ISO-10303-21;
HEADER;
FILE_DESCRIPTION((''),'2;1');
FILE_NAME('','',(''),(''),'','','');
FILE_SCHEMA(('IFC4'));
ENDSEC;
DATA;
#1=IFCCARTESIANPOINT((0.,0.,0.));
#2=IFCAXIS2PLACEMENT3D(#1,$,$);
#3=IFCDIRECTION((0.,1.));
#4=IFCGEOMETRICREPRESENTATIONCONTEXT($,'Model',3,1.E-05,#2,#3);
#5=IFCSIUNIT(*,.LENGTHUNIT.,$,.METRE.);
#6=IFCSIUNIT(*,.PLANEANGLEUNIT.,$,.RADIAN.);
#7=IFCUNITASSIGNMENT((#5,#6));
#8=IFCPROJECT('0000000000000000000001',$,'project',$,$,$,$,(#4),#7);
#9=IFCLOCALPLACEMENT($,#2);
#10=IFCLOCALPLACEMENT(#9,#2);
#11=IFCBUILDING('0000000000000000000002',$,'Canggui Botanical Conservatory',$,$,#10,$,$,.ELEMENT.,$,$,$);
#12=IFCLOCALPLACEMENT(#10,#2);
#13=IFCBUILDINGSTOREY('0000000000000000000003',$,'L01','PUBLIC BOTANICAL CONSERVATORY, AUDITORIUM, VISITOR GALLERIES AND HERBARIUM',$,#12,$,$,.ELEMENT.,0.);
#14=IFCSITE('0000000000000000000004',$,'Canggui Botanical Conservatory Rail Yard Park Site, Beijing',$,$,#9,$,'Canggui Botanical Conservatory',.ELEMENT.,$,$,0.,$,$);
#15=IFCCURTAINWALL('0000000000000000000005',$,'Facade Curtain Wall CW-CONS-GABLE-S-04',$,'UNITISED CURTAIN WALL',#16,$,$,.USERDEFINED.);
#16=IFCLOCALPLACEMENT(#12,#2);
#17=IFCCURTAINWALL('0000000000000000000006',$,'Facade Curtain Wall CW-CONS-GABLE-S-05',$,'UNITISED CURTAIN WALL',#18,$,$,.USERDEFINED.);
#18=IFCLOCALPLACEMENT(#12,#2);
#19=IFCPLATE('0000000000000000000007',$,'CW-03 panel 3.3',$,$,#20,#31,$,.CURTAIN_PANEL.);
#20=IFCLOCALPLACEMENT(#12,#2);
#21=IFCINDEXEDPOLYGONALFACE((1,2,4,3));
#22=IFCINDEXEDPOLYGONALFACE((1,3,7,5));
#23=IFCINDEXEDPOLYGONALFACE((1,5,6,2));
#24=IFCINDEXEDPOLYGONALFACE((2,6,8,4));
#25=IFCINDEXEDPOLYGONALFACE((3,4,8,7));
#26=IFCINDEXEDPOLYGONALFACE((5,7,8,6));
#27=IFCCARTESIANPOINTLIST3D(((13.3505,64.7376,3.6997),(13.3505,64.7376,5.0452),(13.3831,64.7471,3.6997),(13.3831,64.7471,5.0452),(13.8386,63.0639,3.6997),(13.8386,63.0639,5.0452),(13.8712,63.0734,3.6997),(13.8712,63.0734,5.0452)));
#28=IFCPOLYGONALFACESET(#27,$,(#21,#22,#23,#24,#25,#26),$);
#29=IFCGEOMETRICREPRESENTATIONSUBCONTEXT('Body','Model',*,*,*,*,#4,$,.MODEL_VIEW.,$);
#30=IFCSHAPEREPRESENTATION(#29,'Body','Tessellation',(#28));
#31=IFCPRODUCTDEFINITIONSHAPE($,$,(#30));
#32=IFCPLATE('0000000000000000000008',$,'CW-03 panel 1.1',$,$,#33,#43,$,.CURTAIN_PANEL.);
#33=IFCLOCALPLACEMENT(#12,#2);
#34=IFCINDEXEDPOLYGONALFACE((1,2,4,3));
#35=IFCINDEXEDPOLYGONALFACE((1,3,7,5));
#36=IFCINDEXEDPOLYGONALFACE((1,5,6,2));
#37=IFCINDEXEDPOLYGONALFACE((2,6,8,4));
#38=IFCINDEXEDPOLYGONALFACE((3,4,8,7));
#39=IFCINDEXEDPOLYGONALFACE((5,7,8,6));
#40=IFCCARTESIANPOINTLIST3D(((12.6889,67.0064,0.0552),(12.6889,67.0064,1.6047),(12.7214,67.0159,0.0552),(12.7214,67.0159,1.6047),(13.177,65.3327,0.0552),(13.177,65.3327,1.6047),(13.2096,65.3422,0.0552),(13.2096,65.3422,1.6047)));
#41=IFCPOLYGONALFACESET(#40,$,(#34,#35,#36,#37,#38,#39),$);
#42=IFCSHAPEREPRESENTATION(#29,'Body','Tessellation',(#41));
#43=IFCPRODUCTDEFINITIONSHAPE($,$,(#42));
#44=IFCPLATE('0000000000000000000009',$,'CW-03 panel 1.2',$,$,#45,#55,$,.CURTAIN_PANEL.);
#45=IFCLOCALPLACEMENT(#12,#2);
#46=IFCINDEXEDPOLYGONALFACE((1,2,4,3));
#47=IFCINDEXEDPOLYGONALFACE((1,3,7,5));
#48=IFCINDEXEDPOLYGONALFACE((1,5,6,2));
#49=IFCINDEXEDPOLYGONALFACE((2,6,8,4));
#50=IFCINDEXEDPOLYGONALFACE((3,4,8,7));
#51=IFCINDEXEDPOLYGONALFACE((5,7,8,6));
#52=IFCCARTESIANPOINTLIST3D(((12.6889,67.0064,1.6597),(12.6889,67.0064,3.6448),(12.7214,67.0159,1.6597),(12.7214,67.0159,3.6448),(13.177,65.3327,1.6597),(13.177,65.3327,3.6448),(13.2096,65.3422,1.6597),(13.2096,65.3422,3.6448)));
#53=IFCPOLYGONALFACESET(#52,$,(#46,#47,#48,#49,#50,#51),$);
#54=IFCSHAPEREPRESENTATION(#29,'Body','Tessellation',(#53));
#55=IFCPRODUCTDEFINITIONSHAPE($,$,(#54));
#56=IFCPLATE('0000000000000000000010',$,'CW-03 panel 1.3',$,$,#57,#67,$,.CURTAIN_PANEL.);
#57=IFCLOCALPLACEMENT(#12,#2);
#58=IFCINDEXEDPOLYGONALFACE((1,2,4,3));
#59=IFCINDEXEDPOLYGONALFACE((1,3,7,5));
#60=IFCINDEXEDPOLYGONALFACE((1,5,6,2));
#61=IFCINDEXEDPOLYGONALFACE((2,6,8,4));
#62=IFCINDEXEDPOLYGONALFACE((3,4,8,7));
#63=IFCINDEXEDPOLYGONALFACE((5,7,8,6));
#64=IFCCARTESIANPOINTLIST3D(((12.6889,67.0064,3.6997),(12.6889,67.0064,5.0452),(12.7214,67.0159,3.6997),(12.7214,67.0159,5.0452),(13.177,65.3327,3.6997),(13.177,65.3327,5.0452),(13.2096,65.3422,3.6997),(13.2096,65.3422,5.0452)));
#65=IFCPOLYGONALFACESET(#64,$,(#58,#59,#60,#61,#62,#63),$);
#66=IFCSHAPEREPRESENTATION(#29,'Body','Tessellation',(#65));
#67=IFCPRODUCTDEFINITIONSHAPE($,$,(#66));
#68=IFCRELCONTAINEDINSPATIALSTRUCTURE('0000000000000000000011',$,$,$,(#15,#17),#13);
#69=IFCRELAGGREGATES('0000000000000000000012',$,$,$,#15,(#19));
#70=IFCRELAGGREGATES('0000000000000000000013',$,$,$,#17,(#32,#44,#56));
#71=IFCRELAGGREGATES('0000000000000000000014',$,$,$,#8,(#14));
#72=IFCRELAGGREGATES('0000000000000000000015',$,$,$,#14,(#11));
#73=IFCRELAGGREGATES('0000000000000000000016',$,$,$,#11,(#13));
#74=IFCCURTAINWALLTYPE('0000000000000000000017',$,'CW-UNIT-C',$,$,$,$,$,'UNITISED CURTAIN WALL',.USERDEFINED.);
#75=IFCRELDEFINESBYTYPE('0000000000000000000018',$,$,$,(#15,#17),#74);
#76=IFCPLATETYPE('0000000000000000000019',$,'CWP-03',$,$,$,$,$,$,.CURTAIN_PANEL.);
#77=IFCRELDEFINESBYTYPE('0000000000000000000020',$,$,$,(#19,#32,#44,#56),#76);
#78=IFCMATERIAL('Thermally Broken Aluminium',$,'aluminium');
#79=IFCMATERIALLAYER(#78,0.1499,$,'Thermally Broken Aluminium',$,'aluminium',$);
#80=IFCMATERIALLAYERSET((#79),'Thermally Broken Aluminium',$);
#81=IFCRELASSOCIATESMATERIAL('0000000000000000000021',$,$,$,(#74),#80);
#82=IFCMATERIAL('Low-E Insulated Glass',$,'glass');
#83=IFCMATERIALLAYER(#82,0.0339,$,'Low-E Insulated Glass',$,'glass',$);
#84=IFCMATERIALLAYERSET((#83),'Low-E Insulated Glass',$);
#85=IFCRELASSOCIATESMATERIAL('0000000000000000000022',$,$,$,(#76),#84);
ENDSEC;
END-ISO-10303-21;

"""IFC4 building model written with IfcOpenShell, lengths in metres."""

from ifc_helpers import new_model, si_unit, direction, frame, origin, origin_2d, place, context, subcontext, project, spatial, rectangle, extrude, material, layer, layer_set, type_object, element, aggregate, save


model = new_model("IFC4")

# Units and contexts
model_context = context("Model", 3, precision=1e-05, world=origin(), true_north=direction((0.0, 1.0)))
body_context = subcontext(model_context, "Body", "Model", "MODEL_VIEW")
ifc_project = project(units=[si_unit("LENGTHUNIT", "METRE"), si_unit("PLANEANGLEUNIT", "RADIAN")], contexts=[model_context])

# Site, building, storey
site_placement = place(None, origin())
site = spatial("IfcSite", under=ifc_project, at=site_placement, Name="Canggui Botanical Conservatory Rail Yard Park Site, Beijing", LongName="Canggui Botanical Conservatory", CompositionType="ELEMENT", RefElevation=0.0)
building_placement = place(site_placement, origin())
building = spatial("IfcBuilding", under=site, at=building_placement, Name="Canggui Botanical Conservatory", CompositionType="ELEMENT")
storey_placement = place(building_placement, origin())
storey = spatial("IfcBuildingStorey", under=building, at=storey_placement, Name="L01", Description="PUBLIC BOTANICAL CONSERVATORY, AUDITORIUM, VISITOR GALLERIES AND HERBARIUM", CompositionType="ELEMENT", Elevation=0.0)

# Shared definitions
ifc_material_1 = material(Name="Thermally Broken Aluminium", Category="aluminium")
ifc_layer_1 = layer(ifc_material_1, 0.1499, Name="Thermally Broken Aluminium", Category="aluminium")
ifc_layer_set_1 = layer_set([ifc_layer_1], Name="Thermally Broken Aluminium")
curtain_wall_type = type_object("IfcCurtainWallType", Name="CW-UNIT-C", ElementType="UNITISED CURTAIN WALL", PredefinedType="USERDEFINED", material=ifc_layer_set_1)

# Curtain walls
curtain_wall_1_placement = place(storey_placement, origin())
curtain_wall_1 = element("IfcCurtainWall", 1, at=curtain_wall_1_placement, inside=storey, type_object=curtain_wall_type, Name="Facade Curtain Wall CW-CONS-GABLE-S-04", ObjectType="UNITISED CURTAIN WALL", PredefinedType="USERDEFINED")
curtain_wall_2_placement = place(storey_placement, origin())
curtain_wall_2 = element("IfcCurtainWall", 2, at=curtain_wall_2_placement, inside=storey, type_object=curtain_wall_type, Name="Facade Curtain Wall CW-CONS-GABLE-S-05", ObjectType="UNITISED CURTAIN WALL", PredefinedType="USERDEFINED")

# Plates
ifc_material_2 = material(Name="Low-E Insulated Glass", Category="glass")
ifc_layer_2 = layer(ifc_material_2, 0.0339, Name="Low-E Insulated Glass", Category="glass")
ifc_layer_set_2 = layer_set([ifc_layer_2], Name="Low-E Insulated Glass")
plate_type = type_object("IfcPlateType", Name="CWP-03", PredefinedType="CURTAIN_PANEL", material=ifc_layer_set_2)
plate_1_placement = place(storey_placement, frame((13.6108, 63.9055, 3.6997), z_axis=(0.0, 0.0, 1.0), x_axis=(-0.28, 0.96, 0.0)))
plate_1 = element("IfcPlate", 3, at=plate_1_placement, type_object=plate_type, Name="CW-03 panel 3.3", PredefinedType="CURTAIN_PANEL", context=body_context, shape_type="SweptSolid", body=[
    extrude(rectangle(XDim=1.7434, YDim=0.0339, at=origin_2d()), origin(), (0.0, 0.0, 1.0), 1.3455),
])
aggregate(curtain_wall_1, [plate_1])
plate_2_placement = place(storey_placement, frame((12.9492, 66.1743, 0.0552), z_axis=(0.0, 0.0, 1.0), x_axis=(-0.28, 0.96, 0.0)))
plate_2 = element("IfcPlate", 4, at=plate_2_placement, type_object=plate_type, Name="CW-03 panel 1.1", PredefinedType="CURTAIN_PANEL", context=body_context, shape_type="SweptSolid", body=[
    extrude(rectangle(XDim=1.7434, YDim=0.0339, at=origin_2d()), origin(), (0.0, 0.0, 1.0), 1.5496),
])
plate_3_placement = place(storey_placement, frame((12.9492, 66.1743, 1.6597), z_axis=(0.0, 0.0, 1.0), x_axis=(-0.28, 0.96, 0.0)))
plate_3 = element("IfcPlate", 5, at=plate_3_placement, type_object=plate_type, Name="CW-03 panel 1.2", PredefinedType="CURTAIN_PANEL", context=body_context, shape_type="SweptSolid", body=[
    extrude(rectangle(XDim=1.7434, YDim=0.0339, at=origin_2d()), origin(), (0.0, 0.0, 1.0), 1.9851),
])
plate_4_placement = place(storey_placement, frame((12.9492, 66.1743, 3.6997), z_axis=(0.0, 0.0, 1.0), x_axis=(-0.28, 0.96, 0.0)))
plate_4 = element("IfcPlate", 6, at=plate_4_placement, type_object=plate_type, Name="CW-03 panel 1.3", PredefinedType="CURTAIN_PANEL", context=body_context, shape_type="SweptSolid", body=[
    extrude(rectangle(XDim=1.7434, YDim=0.0339, at=origin_2d()), origin(), (0.0, 0.0, 1.0), 1.3455),
])
aggregate(curtain_wall_2, [plate_2, plate_3, plate_4])

save(model, "model.ifc")
